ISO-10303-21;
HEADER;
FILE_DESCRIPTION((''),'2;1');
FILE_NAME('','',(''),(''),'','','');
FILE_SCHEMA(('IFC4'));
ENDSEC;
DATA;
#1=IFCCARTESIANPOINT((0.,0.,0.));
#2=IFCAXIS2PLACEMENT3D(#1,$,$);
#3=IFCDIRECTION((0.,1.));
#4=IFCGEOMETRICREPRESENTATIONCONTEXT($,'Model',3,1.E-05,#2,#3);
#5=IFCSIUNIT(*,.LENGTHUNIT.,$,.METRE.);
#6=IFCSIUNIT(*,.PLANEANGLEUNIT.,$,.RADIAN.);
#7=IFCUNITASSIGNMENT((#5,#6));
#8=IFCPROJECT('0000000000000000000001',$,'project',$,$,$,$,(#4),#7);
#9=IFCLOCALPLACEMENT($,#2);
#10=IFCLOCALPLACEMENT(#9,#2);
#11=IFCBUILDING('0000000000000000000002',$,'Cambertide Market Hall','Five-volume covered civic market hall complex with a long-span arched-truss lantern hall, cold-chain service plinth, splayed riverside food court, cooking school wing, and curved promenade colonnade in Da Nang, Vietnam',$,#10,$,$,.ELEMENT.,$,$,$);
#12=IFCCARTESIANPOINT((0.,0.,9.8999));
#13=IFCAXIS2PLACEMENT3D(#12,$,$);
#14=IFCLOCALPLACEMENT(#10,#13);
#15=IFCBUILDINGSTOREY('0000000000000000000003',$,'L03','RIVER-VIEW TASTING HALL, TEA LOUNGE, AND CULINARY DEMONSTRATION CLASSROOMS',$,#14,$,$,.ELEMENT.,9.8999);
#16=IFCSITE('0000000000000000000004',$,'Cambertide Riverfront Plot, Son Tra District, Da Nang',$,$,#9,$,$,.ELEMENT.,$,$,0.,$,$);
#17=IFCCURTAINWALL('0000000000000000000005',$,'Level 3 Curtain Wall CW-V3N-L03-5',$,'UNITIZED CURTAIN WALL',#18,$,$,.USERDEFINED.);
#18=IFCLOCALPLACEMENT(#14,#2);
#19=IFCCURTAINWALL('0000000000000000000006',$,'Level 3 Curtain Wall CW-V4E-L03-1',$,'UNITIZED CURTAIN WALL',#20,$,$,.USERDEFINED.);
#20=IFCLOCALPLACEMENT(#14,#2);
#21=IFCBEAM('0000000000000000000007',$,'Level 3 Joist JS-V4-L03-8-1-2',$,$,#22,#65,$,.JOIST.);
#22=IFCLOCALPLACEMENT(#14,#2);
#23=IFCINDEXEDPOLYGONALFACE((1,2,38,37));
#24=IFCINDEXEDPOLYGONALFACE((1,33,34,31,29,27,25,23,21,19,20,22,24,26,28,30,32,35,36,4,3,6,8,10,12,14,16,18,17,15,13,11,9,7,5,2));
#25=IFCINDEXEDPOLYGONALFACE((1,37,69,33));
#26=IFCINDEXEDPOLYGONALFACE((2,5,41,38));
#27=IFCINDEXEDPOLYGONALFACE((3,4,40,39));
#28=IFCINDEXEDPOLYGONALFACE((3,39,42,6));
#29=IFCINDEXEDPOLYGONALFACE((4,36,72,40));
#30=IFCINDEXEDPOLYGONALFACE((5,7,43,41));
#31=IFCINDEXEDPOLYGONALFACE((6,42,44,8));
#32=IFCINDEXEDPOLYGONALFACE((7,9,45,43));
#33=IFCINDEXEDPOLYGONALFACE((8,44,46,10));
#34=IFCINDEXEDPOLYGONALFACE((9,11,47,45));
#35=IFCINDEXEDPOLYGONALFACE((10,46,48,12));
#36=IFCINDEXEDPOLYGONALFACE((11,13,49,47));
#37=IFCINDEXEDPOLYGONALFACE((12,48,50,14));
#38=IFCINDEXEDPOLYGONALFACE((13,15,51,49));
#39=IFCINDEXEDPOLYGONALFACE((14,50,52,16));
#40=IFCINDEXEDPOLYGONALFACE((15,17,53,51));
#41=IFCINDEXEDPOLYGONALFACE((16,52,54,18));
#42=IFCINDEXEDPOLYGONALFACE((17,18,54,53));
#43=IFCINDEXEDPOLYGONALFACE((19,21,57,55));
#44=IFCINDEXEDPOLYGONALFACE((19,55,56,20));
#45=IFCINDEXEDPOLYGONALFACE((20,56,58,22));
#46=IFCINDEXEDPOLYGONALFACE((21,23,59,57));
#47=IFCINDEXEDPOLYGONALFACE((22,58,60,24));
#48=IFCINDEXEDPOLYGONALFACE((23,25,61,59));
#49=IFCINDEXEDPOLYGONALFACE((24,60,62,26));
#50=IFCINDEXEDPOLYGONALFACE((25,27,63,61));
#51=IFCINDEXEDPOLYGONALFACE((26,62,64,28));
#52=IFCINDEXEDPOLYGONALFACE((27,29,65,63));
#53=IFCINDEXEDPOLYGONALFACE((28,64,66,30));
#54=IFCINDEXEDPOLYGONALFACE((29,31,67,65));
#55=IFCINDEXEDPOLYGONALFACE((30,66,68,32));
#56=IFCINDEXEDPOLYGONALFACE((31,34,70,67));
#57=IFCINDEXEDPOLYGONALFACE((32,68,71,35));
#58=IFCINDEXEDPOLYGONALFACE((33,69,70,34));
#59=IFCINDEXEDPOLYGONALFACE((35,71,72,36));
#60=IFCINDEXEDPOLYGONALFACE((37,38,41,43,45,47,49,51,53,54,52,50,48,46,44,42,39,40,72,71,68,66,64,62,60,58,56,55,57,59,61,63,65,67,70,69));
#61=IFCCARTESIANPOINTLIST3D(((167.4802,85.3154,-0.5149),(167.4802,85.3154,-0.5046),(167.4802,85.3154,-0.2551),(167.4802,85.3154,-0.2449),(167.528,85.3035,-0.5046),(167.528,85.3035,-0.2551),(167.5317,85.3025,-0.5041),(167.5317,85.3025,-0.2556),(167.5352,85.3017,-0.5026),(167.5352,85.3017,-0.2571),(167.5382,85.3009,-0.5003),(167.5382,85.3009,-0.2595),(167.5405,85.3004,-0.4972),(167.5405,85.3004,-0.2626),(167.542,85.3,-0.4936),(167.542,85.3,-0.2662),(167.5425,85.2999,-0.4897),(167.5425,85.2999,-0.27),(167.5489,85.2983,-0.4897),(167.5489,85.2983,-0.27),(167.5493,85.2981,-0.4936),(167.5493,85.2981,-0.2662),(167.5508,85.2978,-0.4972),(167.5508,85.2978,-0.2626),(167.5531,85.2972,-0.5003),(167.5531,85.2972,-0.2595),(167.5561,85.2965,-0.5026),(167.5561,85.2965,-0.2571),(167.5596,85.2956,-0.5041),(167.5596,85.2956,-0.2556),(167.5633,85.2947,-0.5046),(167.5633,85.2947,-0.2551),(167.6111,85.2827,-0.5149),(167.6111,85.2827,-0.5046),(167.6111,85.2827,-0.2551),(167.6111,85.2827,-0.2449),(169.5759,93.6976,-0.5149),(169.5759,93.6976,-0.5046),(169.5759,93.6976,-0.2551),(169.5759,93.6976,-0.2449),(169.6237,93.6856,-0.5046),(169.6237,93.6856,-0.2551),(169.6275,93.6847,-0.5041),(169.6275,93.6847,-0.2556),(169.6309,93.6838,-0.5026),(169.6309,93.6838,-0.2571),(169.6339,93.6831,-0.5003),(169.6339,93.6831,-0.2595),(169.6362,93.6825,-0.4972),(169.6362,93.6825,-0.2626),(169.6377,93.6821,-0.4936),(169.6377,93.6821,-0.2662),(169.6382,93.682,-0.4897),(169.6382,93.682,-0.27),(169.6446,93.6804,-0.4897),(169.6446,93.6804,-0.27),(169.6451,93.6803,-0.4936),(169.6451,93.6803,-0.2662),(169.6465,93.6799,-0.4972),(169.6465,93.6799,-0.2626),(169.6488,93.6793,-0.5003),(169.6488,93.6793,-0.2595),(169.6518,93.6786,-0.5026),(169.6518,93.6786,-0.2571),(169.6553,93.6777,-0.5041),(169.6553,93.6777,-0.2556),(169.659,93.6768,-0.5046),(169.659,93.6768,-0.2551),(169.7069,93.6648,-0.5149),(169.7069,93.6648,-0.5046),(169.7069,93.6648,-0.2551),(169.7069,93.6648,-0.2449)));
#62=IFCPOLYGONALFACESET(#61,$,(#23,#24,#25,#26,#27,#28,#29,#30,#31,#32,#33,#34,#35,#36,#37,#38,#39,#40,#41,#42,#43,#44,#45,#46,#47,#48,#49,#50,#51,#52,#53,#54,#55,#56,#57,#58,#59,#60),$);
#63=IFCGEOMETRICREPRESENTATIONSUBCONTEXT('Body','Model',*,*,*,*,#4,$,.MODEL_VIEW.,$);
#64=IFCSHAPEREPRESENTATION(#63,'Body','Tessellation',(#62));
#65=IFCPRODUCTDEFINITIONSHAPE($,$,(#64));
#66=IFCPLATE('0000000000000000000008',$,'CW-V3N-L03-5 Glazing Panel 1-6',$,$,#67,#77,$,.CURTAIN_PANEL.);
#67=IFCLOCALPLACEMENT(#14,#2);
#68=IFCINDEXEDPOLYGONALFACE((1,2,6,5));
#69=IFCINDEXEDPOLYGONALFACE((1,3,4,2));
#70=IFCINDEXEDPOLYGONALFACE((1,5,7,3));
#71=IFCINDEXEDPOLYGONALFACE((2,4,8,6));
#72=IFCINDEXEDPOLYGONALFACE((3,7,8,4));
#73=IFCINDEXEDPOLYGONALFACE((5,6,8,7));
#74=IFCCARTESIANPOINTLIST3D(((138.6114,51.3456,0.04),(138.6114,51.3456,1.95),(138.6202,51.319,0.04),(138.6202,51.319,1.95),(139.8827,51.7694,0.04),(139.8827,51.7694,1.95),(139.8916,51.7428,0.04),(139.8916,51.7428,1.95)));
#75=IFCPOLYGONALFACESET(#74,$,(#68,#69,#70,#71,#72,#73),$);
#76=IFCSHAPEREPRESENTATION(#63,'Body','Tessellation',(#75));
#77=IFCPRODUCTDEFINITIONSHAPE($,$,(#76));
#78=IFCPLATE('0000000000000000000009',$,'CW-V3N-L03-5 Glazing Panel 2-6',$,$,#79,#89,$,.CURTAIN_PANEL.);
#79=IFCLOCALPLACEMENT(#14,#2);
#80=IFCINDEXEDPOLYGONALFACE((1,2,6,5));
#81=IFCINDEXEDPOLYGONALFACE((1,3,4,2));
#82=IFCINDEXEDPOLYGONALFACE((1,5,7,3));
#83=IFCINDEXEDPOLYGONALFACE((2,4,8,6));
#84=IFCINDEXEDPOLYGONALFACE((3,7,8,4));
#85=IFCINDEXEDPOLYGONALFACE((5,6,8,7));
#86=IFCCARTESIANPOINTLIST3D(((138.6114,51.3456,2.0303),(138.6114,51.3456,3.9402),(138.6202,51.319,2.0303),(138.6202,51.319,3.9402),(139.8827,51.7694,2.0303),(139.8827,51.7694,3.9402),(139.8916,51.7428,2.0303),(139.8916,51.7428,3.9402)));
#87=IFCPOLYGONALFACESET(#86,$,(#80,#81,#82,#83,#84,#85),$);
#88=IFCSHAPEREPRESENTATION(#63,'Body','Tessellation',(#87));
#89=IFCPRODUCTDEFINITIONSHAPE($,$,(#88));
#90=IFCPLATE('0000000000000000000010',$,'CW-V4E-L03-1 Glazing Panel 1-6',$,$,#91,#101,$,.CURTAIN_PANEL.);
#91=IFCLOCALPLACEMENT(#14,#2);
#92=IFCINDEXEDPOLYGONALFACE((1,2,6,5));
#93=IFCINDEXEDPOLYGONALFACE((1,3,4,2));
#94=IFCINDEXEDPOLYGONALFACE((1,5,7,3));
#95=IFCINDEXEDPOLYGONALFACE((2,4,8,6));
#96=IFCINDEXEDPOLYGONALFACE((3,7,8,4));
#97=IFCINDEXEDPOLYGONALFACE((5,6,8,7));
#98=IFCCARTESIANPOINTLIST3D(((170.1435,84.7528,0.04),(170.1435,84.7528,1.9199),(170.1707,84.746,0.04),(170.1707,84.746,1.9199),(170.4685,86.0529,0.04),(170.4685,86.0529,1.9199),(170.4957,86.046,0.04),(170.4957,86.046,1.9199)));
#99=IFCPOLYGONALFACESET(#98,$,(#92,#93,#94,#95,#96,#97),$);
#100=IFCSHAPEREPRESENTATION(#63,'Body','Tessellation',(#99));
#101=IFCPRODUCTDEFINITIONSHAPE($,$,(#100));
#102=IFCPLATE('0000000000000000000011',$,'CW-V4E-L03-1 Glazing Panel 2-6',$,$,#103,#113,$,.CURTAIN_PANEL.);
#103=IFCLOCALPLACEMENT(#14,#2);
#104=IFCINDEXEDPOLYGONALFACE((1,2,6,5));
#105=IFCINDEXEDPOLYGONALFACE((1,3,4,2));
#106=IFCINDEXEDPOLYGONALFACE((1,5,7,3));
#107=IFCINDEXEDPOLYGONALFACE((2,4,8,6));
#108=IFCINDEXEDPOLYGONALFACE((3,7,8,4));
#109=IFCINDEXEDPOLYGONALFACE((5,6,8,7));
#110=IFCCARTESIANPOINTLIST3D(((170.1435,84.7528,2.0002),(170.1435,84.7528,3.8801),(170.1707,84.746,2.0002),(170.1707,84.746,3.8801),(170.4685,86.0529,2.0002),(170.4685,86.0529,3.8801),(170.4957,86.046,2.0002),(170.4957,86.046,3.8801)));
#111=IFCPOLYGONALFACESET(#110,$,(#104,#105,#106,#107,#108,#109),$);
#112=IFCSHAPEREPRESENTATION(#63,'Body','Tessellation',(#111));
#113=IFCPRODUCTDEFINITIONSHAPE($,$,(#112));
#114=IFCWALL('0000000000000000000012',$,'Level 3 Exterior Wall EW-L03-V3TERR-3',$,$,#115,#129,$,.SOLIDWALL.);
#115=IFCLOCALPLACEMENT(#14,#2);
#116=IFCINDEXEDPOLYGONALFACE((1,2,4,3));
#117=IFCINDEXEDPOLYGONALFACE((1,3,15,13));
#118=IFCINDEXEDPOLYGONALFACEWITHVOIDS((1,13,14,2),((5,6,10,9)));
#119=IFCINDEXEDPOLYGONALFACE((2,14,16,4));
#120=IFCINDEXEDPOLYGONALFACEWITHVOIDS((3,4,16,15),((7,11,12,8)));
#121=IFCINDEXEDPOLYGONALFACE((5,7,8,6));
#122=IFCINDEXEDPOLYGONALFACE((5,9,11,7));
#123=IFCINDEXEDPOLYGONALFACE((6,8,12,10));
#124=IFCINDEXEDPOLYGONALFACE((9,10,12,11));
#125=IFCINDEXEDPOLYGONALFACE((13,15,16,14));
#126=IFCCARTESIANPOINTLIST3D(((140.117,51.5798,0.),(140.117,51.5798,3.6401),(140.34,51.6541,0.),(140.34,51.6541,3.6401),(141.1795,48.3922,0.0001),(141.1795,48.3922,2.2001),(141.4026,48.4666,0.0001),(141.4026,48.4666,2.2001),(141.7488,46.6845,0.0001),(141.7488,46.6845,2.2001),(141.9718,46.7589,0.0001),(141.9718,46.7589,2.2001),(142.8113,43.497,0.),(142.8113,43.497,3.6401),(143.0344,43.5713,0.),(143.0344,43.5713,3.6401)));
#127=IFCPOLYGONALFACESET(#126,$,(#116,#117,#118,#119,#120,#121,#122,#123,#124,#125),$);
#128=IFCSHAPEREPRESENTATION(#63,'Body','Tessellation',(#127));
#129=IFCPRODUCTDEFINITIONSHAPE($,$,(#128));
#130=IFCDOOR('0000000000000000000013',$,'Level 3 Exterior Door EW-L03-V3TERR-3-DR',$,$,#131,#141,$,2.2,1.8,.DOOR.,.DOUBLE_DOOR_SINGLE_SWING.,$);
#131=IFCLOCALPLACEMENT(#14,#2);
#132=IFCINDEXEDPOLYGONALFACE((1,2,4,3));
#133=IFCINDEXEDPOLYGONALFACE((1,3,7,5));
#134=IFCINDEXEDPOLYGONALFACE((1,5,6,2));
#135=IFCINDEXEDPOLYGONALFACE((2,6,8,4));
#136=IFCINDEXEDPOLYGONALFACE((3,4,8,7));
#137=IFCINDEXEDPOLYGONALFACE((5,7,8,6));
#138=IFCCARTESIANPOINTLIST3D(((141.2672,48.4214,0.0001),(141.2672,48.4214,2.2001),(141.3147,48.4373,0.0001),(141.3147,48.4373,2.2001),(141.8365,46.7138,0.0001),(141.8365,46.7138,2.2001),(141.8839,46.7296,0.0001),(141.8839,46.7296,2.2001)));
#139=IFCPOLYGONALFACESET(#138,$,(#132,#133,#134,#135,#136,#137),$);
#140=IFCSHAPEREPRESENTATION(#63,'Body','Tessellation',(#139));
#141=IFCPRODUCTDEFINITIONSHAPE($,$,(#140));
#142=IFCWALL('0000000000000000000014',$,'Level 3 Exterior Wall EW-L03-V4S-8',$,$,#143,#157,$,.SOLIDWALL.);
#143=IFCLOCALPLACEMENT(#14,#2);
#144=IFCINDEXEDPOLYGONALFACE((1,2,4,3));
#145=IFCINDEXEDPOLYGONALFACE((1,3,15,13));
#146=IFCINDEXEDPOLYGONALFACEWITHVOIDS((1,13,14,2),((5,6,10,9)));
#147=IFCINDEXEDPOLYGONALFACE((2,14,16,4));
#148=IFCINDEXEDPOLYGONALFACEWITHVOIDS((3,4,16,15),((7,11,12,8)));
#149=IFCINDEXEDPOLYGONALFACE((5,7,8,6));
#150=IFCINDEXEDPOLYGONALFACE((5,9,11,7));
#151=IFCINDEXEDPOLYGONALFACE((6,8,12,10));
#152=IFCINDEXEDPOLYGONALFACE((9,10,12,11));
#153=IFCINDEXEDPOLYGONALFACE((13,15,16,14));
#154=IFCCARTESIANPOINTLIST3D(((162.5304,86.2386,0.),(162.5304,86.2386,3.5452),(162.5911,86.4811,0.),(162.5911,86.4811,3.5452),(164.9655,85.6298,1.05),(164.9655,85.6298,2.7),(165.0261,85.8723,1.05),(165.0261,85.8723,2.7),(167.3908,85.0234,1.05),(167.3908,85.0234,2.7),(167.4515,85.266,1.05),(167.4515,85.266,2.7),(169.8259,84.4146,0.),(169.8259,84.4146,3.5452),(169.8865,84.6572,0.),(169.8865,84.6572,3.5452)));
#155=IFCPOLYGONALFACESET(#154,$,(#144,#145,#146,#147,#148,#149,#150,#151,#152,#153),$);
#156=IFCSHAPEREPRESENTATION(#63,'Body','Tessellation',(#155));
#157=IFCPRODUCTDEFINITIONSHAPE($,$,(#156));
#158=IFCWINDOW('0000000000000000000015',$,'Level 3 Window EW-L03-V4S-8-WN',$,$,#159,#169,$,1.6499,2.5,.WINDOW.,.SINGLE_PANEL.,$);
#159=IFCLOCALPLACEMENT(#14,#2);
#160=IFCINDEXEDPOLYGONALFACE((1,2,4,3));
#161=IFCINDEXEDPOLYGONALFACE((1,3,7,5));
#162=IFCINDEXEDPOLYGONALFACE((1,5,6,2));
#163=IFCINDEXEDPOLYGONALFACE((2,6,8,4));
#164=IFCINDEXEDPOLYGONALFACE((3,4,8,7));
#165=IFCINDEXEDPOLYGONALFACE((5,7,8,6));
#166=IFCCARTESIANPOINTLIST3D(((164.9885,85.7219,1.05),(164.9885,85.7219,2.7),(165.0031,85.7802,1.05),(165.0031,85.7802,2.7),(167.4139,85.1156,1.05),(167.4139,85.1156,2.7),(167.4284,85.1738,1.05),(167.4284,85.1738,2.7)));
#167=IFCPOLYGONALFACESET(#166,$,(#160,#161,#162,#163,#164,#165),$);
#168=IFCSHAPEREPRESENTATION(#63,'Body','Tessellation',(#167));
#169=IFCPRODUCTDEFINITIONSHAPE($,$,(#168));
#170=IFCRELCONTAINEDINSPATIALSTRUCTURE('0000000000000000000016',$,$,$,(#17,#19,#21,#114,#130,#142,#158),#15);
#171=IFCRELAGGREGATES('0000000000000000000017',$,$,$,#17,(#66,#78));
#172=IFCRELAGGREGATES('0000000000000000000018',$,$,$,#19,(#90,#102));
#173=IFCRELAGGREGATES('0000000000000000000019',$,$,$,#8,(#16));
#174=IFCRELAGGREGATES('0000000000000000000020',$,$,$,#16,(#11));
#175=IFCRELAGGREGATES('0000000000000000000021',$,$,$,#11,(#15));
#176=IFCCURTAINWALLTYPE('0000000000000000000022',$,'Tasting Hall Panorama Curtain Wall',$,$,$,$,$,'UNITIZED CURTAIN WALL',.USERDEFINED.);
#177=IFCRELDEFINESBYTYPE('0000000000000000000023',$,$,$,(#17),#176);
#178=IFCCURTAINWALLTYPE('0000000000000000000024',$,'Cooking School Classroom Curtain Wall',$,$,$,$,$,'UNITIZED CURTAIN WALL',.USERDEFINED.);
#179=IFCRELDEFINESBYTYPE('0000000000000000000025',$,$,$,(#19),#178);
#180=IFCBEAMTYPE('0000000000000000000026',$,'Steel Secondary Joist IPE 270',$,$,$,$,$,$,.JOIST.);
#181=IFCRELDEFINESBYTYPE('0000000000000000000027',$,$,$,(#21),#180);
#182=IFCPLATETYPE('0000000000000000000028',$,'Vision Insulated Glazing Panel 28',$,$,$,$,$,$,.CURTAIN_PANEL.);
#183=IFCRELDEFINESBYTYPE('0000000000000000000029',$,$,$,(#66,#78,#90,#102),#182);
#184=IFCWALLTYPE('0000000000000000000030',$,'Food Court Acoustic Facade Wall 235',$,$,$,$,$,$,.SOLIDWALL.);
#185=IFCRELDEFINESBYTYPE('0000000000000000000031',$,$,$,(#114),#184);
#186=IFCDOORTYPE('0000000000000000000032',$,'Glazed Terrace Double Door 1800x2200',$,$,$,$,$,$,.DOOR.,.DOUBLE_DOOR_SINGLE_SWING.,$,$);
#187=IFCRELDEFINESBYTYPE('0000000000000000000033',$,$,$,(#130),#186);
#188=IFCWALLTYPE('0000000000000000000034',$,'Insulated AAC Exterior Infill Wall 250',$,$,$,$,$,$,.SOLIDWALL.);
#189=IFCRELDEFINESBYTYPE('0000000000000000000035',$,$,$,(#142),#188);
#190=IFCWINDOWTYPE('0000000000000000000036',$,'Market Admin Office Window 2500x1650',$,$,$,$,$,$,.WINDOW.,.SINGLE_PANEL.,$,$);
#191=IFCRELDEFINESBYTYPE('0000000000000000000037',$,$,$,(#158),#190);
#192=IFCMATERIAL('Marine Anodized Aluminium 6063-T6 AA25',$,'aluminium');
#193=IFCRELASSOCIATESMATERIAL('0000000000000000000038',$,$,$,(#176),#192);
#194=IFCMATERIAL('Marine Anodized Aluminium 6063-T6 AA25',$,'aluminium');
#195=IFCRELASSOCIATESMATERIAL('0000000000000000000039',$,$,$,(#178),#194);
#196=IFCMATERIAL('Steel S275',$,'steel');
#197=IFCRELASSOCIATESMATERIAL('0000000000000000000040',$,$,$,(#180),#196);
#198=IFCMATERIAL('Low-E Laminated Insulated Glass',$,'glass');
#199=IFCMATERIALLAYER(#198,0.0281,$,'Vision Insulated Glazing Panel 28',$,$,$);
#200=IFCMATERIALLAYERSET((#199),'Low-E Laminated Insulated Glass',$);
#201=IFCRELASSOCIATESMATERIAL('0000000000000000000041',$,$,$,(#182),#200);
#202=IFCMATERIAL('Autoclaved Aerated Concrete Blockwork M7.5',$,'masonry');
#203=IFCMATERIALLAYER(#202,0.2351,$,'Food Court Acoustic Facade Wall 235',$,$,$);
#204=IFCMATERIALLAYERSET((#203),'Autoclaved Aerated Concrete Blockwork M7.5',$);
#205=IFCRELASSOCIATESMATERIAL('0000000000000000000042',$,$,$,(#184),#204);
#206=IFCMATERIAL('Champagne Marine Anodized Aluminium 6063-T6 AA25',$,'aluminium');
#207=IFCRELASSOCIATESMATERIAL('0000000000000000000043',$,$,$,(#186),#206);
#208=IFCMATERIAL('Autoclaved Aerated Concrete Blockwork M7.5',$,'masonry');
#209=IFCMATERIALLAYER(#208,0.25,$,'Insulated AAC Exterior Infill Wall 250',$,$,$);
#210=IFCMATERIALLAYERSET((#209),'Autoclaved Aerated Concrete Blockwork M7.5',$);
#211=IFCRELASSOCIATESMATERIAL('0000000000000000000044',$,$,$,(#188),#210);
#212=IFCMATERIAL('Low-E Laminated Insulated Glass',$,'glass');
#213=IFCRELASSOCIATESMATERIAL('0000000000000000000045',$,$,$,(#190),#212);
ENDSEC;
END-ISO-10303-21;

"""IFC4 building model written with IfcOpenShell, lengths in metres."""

from ifc_helpers import new_model, si_unit, direction, frame, frame_2d, origin, origin_2d, place, context, subcontext, project, spatial, rectangle, i_section, extrude, material, layer, layer_set, material_profile, profile_set, type_object, element, fill, aggregate, save


model = new_model("IFC4")

# Units and contexts
model_context = context("Model", 3, precision=1e-05, world=origin(), true_north=direction((0.0, 1.0)))
body_context = subcontext(model_context, "Body", "Model", "MODEL_VIEW")
ifc_project = project(units=[si_unit("LENGTHUNIT", "METRE"), si_unit("PLANEANGLEUNIT", "RADIAN")], contexts=[model_context])

# Site, building, storey
site_placement = place(None, origin())
site = spatial("IfcSite", under=ifc_project, at=site_placement, Name="Cambertide Riverfront Plot, Son Tra District, Da Nang", CompositionType="ELEMENT", RefElevation=0.0)
building_placement = place(site_placement, origin())
building = spatial("IfcBuilding", under=site, at=building_placement, Name="Cambertide Market Hall", Description="Five-volume covered civic market hall complex with a long-span arched-truss lantern hall, cold-chain service plinth, splayed riverside food court, cooking school wing, and curved promenade colonnade in Da Nang, Vietnam", CompositionType="ELEMENT")
storey_placement = place(building_placement, frame((0.0, 0.0, 9.8999)))
storey = spatial("IfcBuildingStorey", under=building, at=storey_placement, Name="L03", Description="RIVER-VIEW TASTING HALL, TEA LOUNGE, AND CULINARY DEMONSTRATION CLASSROOMS", CompositionType="ELEMENT", Elevation=9.8999)

# Curtain wall
ifc_material_1 = material(Name="Marine Anodized Aluminium 6063-T6 AA25", Category="aluminium")
curtain_wall_type_1 = type_object("IfcCurtainWallType", Name="Tasting Hall Panorama Curtain Wall", ElementType="UNITIZED CURTAIN WALL", PredefinedType="USERDEFINED", material=ifc_material_1)
curtain_wall_1_placement = place(storey_placement, origin())
curtain_wall_1 = element("IfcCurtainWall", 1, at=curtain_wall_1_placement, inside=storey, type_object=curtain_wall_type_1, Name="Level 3 Curtain Wall CW-V3N-L03-5", ObjectType="UNITIZED CURTAIN WALL", PredefinedType="USERDEFINED")

# Curtain wall
ifc_material_2 = material(Name="Marine Anodized Aluminium 6063-T6 AA25", Category="aluminium")
curtain_wall_type_2 = type_object("IfcCurtainWallType", Name="Cooking School Classroom Curtain Wall", ElementType="UNITIZED CURTAIN WALL", PredefinedType="USERDEFINED", material=ifc_material_2)
curtain_wall_2_placement = place(storey_placement, origin())
curtain_wall_2 = element("IfcCurtainWall", 2, at=curtain_wall_2_placement, inside=storey, type_object=curtain_wall_type_2, Name="Level 3 Curtain Wall CW-V4E-L03-1", ObjectType="UNITIZED CURTAIN WALL", PredefinedType="USERDEFINED")

# Beam
ifc_material_3 = material(Name="Steel S275", Category="steel")
ifc_material_profile_1 = material_profile(ifc_material_3, i_section(OverallWidth=0.135, OverallDepth=0.27, WebThickness=0.0066, FlangeThickness=0.0103, FilletRadius=0.0149, at=origin_2d()), Name="IPE 270")
ifc_profile_set_1 = profile_set([ifc_material_profile_1], Name="Steel S275")
beam_type_1 = type_object("IfcBeamType", Name="Steel Secondary Joist IPE 270", PredefinedType="JOIST", material=ifc_profile_set_1)
for number, where, z_axis, x_axis, name in (
    (3, (167.5457, 85.2991, -0.3799), (0.242556, 0.970138, 0.0), (-0.970138, 0.242556, 0.0), "Level 3 Joist JS-V4-L03-8-1-2"),
):
    element("IfcBeam", number, at=place(storey_placement, frame(where, z_axis=z_axis, x_axis=x_axis)), inside=storey, type_object=beam_type_1, Name=name, PredefinedType="JOIST", context=body_context, shape_type="SweptSolid", body=[
        extrude(i_section(OverallWidth=0.135, OverallDepth=0.27, WebThickness=0.0066, FlangeThickness=0.0103, FilletRadius=0.0149, at=origin_2d()), origin(), (0.0, 0.0, 1.0), 8.6401),
    ])

# Plates
ifc_material_4 = material(Name="Low-E Laminated Insulated Glass", Category="glass")
ifc_layer_1 = layer(ifc_material_4, 0.0281, Name="Vision Insulated Glazing Panel 28")
ifc_layer_set_1 = layer_set([ifc_layer_1], Name="Low-E Laminated Insulated Glass")
plate_type = type_object("IfcPlateType", Name="Vision Insulated Glazing Panel 28", PredefinedType="CURTAIN_PANEL", material=ifc_layer_set_1)
plate_1_placement = place(storey_placement, frame((139.2515, 51.5442, 0.04), z_axis=(0.0, 0.0, 1.0), x_axis=(0.948683, 0.316228, 0.0)))
plate_1 = element("IfcPlate", 4, at=plate_1_placement, type_object=plate_type, Name="CW-V3N-L03-5 Glazing Panel 1-6", PredefinedType="CURTAIN_PANEL", context=body_context, shape_type="SweptSolid", body=[
    extrude(rectangle(XDim=1.3401, YDim=0.0281, at=origin_2d()), origin(), (0.0, 0.0, 1.0), 1.9099),
])
plate_2_placement = place(storey_placement, frame((139.2515, 51.5442, 2.0303), z_axis=(0.0, 0.0, 1.0), x_axis=(0.948683, 0.316228, 0.0)))
plate_2 = element("IfcPlate", 5, at=plate_2_placement, type_object=plate_type, Name="CW-V3N-L03-5 Glazing Panel 2-6", PredefinedType="CURTAIN_PANEL", context=body_context, shape_type="SweptSolid", body=[
    extrude(rectangle(XDim=1.3401, YDim=0.0281, at=origin_2d()), origin(), (0.0, 0.0, 1.0), 1.9099),
])
aggregate(curtain_wall_1, [plate_1, plate_2])
plate_3_placement = place(storey_placement, frame((170.3196, 85.3994, 0.04), z_axis=(0.0, 0.0, 1.0), x_axis=(-0.242536, -0.970143, 0.0)))
plate_3 = element("IfcPlate", 6, at=plate_3_placement, type_object=plate_type, Name="CW-V4E-L03-1 Glazing Panel 1-6", PredefinedType="CURTAIN_PANEL", context=body_context, shape_type="SweptSolid", body=[
    extrude(rectangle(XDim=1.3401, YDim=0.0281, at=origin_2d()), origin(), (0.0, 0.0, 1.0), 1.8799),
])
plate_4_placement = place(storey_placement, frame((170.3196, 85.3994, 2.0002), z_axis=(0.0, 0.0, 1.0), x_axis=(-0.242536, -0.970143, 0.0)))
plate_4 = element("IfcPlate", 7, at=plate_4_placement, type_object=plate_type, Name="CW-V4E-L03-1 Glazing Panel 2-6", PredefinedType="CURTAIN_PANEL", context=body_context, shape_type="SweptSolid", body=[
    extrude(rectangle(XDim=1.3401, YDim=0.0281, at=origin_2d()), origin(), (0.0, 0.0, 1.0), 1.8799),
])
aggregate(curtain_wall_2, [plate_3, plate_4])

# Wall, opening, door
ifc_material_5 = material(Name="Autoclaved Aerated Concrete Blockwork M7.5", Category="masonry")
ifc_layer_2 = layer(ifc_material_5, 0.2351, Name="Food Court Acoustic Facade Wall 235")
ifc_layer_set_2 = layer_set([ifc_layer_2], Name="Autoclaved Aerated Concrete Blockwork M7.5")
wall_type_1 = type_object("IfcWallType", Name="Food Court Acoustic Facade Wall 235", PredefinedType="SOLIDWALL", material=ifc_layer_set_2)
wall_1_placement = place(storey_placement, frame((140.2285, 51.6169, 0.0), z_axis=(0.0, 0.0, 1.0), x_axis=(0.316236, -0.94868, 0.0)))
wall_1 = element("IfcWall", 8, at=wall_1_placement, inside=storey, type_object=wall_type_1, Name="Level 3 Exterior Wall EW-L03-V3TERR-3", PredefinedType="SOLIDWALL", context=body_context, shape_type="SweptSolid", body=[
    extrude(rectangle(XDim=8.52, YDim=0.2351, at=frame_2d((4.26, 0.0))), origin(), (0.0, 0.0, 1.0), 3.6401),
])
opening_1_placement = place(wall_1_placement, frame((3.3601, 0.0, 0.0)))
opening_1 = element("IfcOpeningElement", 9, at=opening_1_placement, cuts=wall_1, PredefinedType="OPENING", context=body_context, shape_type="SweptSolid", body=[
    extrude(rectangle(XDim=1.8, YDim=2.2, at=frame_2d((0.8999, 1.1001))), frame((0.0, 0.1274, 0.0), z_axis=(0.0, -1.0, 0.0), x_axis=(1.0, 0.0, 0.0)), (0.0, 0.0, 1.0), 0.2551),
])
ifc_material_6 = material(Name="Champagne Marine Anodized Aluminium 6063-T6 AA25", Category="aluminium")
door_type = type_object("IfcDoorType", Name="Glazed Terrace Double Door 1800x2200", OperationType="DOUBLE_DOOR_SINGLE_SWING", PredefinedType="DOOR", material=ifc_material_6)
door_placement = place(opening_1_placement, origin())
door = element("IfcDoor", 10, at=door_placement, inside=storey, type_object=door_type, Name="Level 3 Exterior Door EW-L03-V3TERR-3-DR", OperationType="DOUBLE_DOOR_SINGLE_SWING", OverallHeight=2.2, OverallWidth=1.8, PredefinedType="DOOR", context=body_context, shape_type="SweptSolid", body=[
    extrude(rectangle(XDim=1.8, YDim=2.2, at=frame_2d((0.8999, 1.1001))), frame((0.0, 0.0249, 0.0), z_axis=(0.0, -1.0, 0.0), x_axis=(1.0, 0.0, 0.0)), (0.0, 0.0, 1.0), 0.05),
])
fill(opening_1, door)

# Wall, opening, window
ifc_material_7 = material(Name="Autoclaved Aerated Concrete Blockwork M7.5", Category="masonry")
ifc_layer_3 = layer(ifc_material_7, 0.25, Name="Insulated AAC Exterior Infill Wall 250")
ifc_layer_set_3 = layer_set([ifc_layer_3], Name="Autoclaved Aerated Concrete Blockwork M7.5")
wall_type_2 = type_object("IfcWallType", Name="Insulated AAC Exterior Infill Wall 250", PredefinedType="SOLIDWALL", material=ifc_layer_set_3)
wall_2_placement = place(storey_placement, frame((169.8562, 84.5359, 0.0), z_axis=(0.0, 0.0, 1.0), x_axis=(-0.970139, 0.242551, 0.0)))
wall_2 = element("IfcWall", 11, at=wall_2_placement, inside=storey, type_object=wall_type_2, Name="Level 3 Exterior Wall EW-L03-V4S-8", PredefinedType="SOLIDWALL", context=body_context, shape_type="SweptSolid", body=[
    extrude(rectangle(XDim=7.52, YDim=0.25, at=frame_2d((3.76, 0.0))), origin(), (0.0, 0.0, 1.0), 3.5452),
])
opening_2_placement = place(wall_2_placement, frame((2.51, 0.0, 1.05)))
opening_2 = element("IfcOpeningElement", 12, at=opening_2_placement, cuts=wall_2, PredefinedType="OPENING", context=body_context, shape_type="SweptSolid", body=[
    extrude(rectangle(XDim=2.5, YDim=1.6499, at=frame_2d((1.25, 0.825))), frame((0.0, 0.135, 0.0), z_axis=(0.0, -1.0, 0.0), x_axis=(1.0, 0.0, 0.0)), (0.0, 0.0, 1.0), 0.27),
])
ifc_material_8 = material(Name="Low-E Laminated Insulated Glass", Category="glass")
window_type = type_object("IfcWindowType", Name="Market Admin Office Window 2500x1650", PartitioningType="SINGLE_PANEL", PredefinedType="WINDOW", material=ifc_material_8)
window_placement = place(opening_2_placement, origin())
window = element("IfcWindow", 13, at=window_placement, inside=storey, type_object=window_type, Name="Level 3 Window EW-L03-V4S-8-WN", OverallHeight=1.6499, OverallWidth=2.5, PartitioningType="SINGLE_PANEL", PredefinedType="WINDOW", context=body_context, shape_type="SweptSolid", body=[
    extrude(rectangle(XDim=2.5, YDim=1.6499, at=frame_2d((1.25, 0.825))), frame((0.0, 0.03, 0.0), z_axis=(0.0, -1.0, 0.0), x_axis=(1.0, 0.0, 0.0)), (0.0, 0.0, 1.0), 0.0601),
])
fill(opening_2, window)

save(model, "model.ifc")
